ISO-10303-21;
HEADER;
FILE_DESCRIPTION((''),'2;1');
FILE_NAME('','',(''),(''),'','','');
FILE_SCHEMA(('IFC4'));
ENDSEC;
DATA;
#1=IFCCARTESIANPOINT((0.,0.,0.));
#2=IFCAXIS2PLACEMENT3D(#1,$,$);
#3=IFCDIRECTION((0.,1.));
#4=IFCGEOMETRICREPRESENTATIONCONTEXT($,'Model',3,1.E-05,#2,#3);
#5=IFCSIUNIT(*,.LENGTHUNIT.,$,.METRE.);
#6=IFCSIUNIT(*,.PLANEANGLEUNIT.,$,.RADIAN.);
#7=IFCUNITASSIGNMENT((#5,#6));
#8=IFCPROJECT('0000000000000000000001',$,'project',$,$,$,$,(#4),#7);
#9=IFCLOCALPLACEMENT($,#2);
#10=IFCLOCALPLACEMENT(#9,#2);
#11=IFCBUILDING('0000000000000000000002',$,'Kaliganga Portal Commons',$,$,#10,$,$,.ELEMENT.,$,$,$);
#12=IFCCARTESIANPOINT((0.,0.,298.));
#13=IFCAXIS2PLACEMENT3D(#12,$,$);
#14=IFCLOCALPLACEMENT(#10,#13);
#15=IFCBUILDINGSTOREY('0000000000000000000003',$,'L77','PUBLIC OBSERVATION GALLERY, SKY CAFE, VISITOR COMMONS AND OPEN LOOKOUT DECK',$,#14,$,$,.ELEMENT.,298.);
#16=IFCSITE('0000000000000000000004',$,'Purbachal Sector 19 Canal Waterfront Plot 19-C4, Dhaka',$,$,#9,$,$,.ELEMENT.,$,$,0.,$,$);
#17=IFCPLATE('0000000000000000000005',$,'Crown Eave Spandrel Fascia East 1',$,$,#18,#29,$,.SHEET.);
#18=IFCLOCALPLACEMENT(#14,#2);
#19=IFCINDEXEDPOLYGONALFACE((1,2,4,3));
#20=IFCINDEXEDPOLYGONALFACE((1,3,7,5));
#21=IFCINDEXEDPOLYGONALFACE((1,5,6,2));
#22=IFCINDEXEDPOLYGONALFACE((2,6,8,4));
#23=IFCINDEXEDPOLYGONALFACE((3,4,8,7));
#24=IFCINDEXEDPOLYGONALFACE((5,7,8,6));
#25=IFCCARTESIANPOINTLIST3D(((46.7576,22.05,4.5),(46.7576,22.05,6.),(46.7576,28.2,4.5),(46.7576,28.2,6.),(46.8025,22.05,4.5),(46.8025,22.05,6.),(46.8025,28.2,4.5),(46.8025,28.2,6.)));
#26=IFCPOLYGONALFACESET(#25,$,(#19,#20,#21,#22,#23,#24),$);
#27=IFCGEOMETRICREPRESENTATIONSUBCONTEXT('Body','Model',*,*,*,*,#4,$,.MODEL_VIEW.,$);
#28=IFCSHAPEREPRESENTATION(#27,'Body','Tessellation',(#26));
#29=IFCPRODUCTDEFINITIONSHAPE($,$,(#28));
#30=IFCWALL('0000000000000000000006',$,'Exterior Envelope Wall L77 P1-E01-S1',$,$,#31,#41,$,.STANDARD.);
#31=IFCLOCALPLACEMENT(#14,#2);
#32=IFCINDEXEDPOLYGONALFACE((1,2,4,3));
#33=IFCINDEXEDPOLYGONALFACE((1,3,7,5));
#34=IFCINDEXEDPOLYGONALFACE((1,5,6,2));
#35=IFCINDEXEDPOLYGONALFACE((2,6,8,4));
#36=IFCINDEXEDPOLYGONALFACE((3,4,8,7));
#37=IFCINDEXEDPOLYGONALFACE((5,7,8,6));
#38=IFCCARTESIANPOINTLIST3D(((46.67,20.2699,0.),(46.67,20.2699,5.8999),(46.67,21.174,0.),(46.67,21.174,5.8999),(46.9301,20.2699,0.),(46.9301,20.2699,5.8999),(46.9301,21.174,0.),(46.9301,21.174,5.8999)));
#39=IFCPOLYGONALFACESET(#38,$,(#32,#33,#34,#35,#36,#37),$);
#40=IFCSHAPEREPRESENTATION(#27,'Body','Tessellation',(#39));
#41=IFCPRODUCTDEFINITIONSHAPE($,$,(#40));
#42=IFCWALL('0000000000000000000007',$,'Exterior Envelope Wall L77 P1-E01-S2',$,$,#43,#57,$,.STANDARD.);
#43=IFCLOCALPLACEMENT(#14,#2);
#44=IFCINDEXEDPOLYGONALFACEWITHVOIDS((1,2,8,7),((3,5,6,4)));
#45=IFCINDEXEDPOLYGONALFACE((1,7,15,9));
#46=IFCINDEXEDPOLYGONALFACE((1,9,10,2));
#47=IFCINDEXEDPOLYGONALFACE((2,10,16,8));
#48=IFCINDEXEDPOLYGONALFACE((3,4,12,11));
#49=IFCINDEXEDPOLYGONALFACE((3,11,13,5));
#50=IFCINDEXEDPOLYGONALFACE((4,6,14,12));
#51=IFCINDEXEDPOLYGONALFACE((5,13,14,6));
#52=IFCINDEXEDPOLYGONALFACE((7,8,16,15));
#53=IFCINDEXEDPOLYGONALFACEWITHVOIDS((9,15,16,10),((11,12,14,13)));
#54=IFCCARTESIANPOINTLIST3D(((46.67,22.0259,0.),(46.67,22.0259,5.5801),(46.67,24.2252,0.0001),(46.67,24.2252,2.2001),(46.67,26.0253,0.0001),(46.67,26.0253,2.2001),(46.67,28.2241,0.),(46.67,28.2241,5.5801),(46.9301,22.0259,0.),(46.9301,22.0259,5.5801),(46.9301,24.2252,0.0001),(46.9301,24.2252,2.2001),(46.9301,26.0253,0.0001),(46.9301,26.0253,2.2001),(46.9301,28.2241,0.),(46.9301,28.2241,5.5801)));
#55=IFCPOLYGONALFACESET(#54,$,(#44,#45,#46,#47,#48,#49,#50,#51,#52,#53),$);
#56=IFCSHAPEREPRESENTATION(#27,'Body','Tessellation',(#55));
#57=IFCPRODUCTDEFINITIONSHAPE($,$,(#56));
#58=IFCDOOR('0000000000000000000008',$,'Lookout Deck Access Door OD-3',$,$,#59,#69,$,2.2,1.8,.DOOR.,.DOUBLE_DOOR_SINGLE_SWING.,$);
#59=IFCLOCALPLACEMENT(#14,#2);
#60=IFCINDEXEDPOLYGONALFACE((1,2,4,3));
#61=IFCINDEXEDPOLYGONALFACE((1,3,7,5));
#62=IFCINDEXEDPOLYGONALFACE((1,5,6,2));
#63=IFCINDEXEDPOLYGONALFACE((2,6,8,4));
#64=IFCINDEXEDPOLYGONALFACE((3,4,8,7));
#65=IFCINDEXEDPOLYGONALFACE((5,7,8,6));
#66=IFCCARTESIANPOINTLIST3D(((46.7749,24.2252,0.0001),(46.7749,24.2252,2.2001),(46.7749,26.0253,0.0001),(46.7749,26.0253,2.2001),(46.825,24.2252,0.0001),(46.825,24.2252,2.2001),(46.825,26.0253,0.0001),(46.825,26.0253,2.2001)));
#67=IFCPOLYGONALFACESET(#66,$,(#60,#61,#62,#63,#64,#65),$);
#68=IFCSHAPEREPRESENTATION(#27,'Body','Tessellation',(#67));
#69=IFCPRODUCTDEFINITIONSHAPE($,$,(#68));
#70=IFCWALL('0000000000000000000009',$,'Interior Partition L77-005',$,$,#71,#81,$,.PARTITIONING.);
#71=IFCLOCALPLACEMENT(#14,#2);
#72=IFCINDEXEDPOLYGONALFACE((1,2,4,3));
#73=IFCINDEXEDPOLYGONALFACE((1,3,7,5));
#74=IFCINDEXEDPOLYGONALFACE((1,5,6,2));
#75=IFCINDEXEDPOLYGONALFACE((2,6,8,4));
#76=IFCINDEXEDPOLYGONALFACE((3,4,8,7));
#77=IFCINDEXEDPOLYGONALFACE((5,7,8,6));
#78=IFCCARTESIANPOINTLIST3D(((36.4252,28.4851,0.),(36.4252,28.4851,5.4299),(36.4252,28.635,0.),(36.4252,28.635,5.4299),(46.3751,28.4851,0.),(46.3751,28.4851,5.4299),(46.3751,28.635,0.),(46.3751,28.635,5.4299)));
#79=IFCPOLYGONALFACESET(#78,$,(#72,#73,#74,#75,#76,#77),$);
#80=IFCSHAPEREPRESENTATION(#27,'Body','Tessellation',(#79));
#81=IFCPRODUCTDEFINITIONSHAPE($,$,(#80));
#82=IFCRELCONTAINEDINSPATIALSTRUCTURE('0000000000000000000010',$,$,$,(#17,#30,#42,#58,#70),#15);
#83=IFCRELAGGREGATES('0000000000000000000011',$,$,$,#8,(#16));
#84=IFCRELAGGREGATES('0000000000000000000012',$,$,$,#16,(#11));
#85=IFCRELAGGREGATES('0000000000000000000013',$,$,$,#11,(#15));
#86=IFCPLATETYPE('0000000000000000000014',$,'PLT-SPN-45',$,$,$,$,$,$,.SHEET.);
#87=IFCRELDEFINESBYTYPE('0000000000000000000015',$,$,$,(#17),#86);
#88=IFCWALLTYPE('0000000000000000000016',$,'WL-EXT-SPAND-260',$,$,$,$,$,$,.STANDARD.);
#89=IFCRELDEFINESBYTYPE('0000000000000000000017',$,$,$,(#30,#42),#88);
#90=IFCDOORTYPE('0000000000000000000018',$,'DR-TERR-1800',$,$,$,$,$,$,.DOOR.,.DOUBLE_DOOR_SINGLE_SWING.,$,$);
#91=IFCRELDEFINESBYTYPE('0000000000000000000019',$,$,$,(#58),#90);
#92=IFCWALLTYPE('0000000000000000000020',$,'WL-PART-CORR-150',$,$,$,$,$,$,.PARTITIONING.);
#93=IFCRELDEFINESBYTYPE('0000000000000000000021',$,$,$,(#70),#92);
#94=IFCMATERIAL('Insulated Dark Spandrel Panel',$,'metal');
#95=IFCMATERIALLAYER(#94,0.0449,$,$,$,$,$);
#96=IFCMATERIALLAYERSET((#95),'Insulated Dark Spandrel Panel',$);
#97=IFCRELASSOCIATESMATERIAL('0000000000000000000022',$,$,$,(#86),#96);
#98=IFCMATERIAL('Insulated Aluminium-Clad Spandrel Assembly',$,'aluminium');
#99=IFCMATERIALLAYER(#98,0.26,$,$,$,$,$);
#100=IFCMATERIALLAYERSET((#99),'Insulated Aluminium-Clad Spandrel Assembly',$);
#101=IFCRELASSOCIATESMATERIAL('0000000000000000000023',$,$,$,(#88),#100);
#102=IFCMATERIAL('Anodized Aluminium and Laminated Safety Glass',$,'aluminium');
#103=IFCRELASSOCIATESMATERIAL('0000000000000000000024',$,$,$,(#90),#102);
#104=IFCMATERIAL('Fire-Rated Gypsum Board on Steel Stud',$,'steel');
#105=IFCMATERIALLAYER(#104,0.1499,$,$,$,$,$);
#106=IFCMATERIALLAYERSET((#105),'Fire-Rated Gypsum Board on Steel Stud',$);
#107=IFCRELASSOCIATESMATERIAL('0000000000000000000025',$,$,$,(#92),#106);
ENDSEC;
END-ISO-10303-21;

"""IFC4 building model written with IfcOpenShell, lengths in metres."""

from ifc_helpers import new_model, si_unit, direction, frame, frame_2d, origin, origin_2d, place, context, subcontext, project, spatial, rectangle, extrude, source, transform, mapped, material, layer, layer_set, type_object, element, fill, save


model = new_model("IFC4")

# Units and contexts
model_context = context("Model", 3, precision=1e-05, world=origin(), true_north=direction((0.0, 1.0)))
body_context = subcontext(model_context, "Body", "Model", "MODEL_VIEW")
ifc_project = project(units=[si_unit("LENGTHUNIT", "METRE"), si_unit("PLANEANGLEUNIT", "RADIAN")], contexts=[model_context])

# Site, building, storey
site_placement = place(None, origin())
site = spatial("IfcSite", under=ifc_project, at=site_placement, Name="Purbachal Sector 19 Canal Waterfront Plot 19-C4, Dhaka", CompositionType="ELEMENT", RefElevation=0.0)
building_placement = place(site_placement, origin())
building = spatial("IfcBuilding", under=site, at=building_placement, Name="Kaliganga Portal Commons", CompositionType="ELEMENT")
storey_placement = place(building_placement, frame((0.0, 0.0, 298.0)))
storey = spatial("IfcBuildingStorey", under=building, at=storey_placement, Name="L77", Description="PUBLIC OBSERVATION GALLERY, SKY CAFE, VISITOR COMMONS AND OPEN LOOKOUT DECK", CompositionType="ELEMENT", Elevation=298.0)

# Plate
ifc_material_1 = material(Name="Insulated Dark Spandrel Panel", Category="metal")
ifc_layer_1 = layer(ifc_material_1, 0.0449)
ifc_layer_set_1 = layer_set([ifc_layer_1], Name="Insulated Dark Spandrel Panel")
plate_type = type_object("IfcPlateType", Name="PLT-SPN-45", PredefinedType="SHEET", material=ifc_layer_set_1)
shared_shape_1 = source(origin(), body_context, "Body", "SweptSolid", [
    extrude(rectangle(XDim=6.1499, YDim=0.0449, at=origin_2d()), origin(), (0.0, 0.0, 1.0), 1.5),
])
plate_placement = place(storey_placement, frame((46.78, 25.125, 4.5), z_axis=(0.0, 0.0, 1.0), x_axis=(0.0, 1.0, 0.0)))
element("IfcPlate", 1, at=plate_placement, inside=storey, type_object=plate_type, Name="Crown Eave Spandrel Fascia East 1", PredefinedType="SHEET", context=body_context, shape_type="MappedRepresentation", body=[
    mapped(shared_shape_1, transform((0.0, 0.0, 0.0), x_axis=(1.0, 0.0, 0.0), y_axis=(0.0, 1.0, 0.0), z_axis=(0.0, 0.0, 1.0), scale=1.0)),
])

# Shared definitions
ifc_material_2 = material(Name="Insulated Aluminium-Clad Spandrel Assembly", Category="aluminium")
ifc_layer_2 = layer(ifc_material_2, 0.26)
ifc_layer_set_2 = layer_set([ifc_layer_2], Name="Insulated Aluminium-Clad Spandrel Assembly")
wall_type_1 = type_object("IfcWallType", Name="WL-EXT-SPAND-260", PredefinedType="STANDARD", material=ifc_layer_set_2)
ifc_material_3 = material(Name="Anodized Aluminium and Laminated Safety Glass", Category="aluminium")
door_type = type_object("IfcDoorType", Name="DR-TERR-1800", OperationType="DOUBLE_DOOR_SINGLE_SWING", PredefinedType="DOOR", material=ifc_material_3)

# Wall
wall_1_placement = place(storey_placement, frame((46.8, 21.1741, 0.0), z_axis=(0.0, 0.0, 1.0), x_axis=(0.0, -1.0, 0.0)))
element("IfcWall", 2, at=wall_1_placement, inside=storey, type_object=wall_type_1, Name="Exterior Envelope Wall L77 P1-E01-S1", PredefinedType="STANDARD", context=body_context, shape_type="SweptSolid", body=[
    extrude(rectangle(XDim=0.9041, YDim=0.26, at=frame_2d((0.4521, 0.0))), origin(), (0.0, 0.0, 1.0), 5.8999),
])

# Wall, opening, door
wall_2_placement = place(storey_placement, frame((46.8, 28.2241, 0.0), z_axis=(0.0, 0.0, 1.0), x_axis=(0.0, -1.0, 0.0)))
wall_2 = element("IfcWall", 3, at=wall_2_placement, inside=storey, type_object=wall_type_1, Name="Exterior Envelope Wall L77 P1-E01-S2", PredefinedType="STANDARD", context=body_context, shape_type="SweptSolid", body=[
    extrude(rectangle(XDim=6.1982, YDim=0.26, at=frame_2d((3.0991, 0.0))), origin(), (0.0, 0.0, 1.0), 5.5801),
])
opening_1_placement = place(wall_2_placement, frame((2.199, 0.0, 0.0)))
opening_1 = element("IfcOpeningElement", 4, at=opening_1_placement, cuts=wall_2, PredefinedType="OPENING", context=body_context, shape_type="SweptSolid", body=[
    extrude(rectangle(XDim=1.8, YDim=2.2, at=frame_2d((0.8999, 1.1001))), frame((0.0, 0.1401, 0.0), z_axis=(0.0, -1.0, 0.0), x_axis=(1.0, 0.0, 0.0)), (0.0, 0.0, 1.0), 0.28),
])
door_1_placement = place(opening_1_placement, origin())
door_1 = element("IfcDoor", 5, at=door_1_placement, inside=storey, type_object=door_type, Name="Lookout Deck Access Door OD-3", OperationType="DOUBLE_DOOR_SINGLE_SWING", OverallHeight=2.2, OverallWidth=1.8, PredefinedType="DOOR", context=body_context, shape_type="SweptSolid", body=[
    extrude(rectangle(XDim=1.8, YDim=2.2, at=frame_2d((0.8999, 1.1001))), frame((0.0, 0.0249, 0.0), z_axis=(0.0, -1.0, 0.0), x_axis=(1.0, 0.0, 0.0)), (0.0, 0.0, 1.0), 0.05),
])
fill(opening_1, door_1)

# Wall
ifc_material_4 = material(Name="Fire-Rated Gypsum Board on Steel Stud", Category="steel")
ifc_layer_3 = layer(ifc_material_4, 0.1499)
ifc_layer_set_3 = layer_set([ifc_layer_3], Name="Fire-Rated Gypsum Board on Steel Stud")
wall_type_2 = type_object("IfcWallType", Name="WL-PART-CORR-150", PredefinedType="PARTITIONING", material=ifc_layer_set_3)
wall_3_placement = place(storey_placement, frame((36.425, 28.5601, 0.0), z_axis=(0.0, 0.0, 1.0), x_axis=(1.0, 0.0, 0.0)))
element("IfcWall", 6, at=wall_3_placement, inside=storey, type_object=wall_type_2, Name="Interior Partition L77-005", PredefinedType="PARTITIONING", context=body_context, shape_type="SweptSolid", body=[
    extrude(rectangle(XDim=9.95, YDim=0.1499, at=frame_2d((4.9751, 0.0))), origin(), (0.0, 0.0, 1.0), 5.4299),
])

save(model, "model.ifc")
